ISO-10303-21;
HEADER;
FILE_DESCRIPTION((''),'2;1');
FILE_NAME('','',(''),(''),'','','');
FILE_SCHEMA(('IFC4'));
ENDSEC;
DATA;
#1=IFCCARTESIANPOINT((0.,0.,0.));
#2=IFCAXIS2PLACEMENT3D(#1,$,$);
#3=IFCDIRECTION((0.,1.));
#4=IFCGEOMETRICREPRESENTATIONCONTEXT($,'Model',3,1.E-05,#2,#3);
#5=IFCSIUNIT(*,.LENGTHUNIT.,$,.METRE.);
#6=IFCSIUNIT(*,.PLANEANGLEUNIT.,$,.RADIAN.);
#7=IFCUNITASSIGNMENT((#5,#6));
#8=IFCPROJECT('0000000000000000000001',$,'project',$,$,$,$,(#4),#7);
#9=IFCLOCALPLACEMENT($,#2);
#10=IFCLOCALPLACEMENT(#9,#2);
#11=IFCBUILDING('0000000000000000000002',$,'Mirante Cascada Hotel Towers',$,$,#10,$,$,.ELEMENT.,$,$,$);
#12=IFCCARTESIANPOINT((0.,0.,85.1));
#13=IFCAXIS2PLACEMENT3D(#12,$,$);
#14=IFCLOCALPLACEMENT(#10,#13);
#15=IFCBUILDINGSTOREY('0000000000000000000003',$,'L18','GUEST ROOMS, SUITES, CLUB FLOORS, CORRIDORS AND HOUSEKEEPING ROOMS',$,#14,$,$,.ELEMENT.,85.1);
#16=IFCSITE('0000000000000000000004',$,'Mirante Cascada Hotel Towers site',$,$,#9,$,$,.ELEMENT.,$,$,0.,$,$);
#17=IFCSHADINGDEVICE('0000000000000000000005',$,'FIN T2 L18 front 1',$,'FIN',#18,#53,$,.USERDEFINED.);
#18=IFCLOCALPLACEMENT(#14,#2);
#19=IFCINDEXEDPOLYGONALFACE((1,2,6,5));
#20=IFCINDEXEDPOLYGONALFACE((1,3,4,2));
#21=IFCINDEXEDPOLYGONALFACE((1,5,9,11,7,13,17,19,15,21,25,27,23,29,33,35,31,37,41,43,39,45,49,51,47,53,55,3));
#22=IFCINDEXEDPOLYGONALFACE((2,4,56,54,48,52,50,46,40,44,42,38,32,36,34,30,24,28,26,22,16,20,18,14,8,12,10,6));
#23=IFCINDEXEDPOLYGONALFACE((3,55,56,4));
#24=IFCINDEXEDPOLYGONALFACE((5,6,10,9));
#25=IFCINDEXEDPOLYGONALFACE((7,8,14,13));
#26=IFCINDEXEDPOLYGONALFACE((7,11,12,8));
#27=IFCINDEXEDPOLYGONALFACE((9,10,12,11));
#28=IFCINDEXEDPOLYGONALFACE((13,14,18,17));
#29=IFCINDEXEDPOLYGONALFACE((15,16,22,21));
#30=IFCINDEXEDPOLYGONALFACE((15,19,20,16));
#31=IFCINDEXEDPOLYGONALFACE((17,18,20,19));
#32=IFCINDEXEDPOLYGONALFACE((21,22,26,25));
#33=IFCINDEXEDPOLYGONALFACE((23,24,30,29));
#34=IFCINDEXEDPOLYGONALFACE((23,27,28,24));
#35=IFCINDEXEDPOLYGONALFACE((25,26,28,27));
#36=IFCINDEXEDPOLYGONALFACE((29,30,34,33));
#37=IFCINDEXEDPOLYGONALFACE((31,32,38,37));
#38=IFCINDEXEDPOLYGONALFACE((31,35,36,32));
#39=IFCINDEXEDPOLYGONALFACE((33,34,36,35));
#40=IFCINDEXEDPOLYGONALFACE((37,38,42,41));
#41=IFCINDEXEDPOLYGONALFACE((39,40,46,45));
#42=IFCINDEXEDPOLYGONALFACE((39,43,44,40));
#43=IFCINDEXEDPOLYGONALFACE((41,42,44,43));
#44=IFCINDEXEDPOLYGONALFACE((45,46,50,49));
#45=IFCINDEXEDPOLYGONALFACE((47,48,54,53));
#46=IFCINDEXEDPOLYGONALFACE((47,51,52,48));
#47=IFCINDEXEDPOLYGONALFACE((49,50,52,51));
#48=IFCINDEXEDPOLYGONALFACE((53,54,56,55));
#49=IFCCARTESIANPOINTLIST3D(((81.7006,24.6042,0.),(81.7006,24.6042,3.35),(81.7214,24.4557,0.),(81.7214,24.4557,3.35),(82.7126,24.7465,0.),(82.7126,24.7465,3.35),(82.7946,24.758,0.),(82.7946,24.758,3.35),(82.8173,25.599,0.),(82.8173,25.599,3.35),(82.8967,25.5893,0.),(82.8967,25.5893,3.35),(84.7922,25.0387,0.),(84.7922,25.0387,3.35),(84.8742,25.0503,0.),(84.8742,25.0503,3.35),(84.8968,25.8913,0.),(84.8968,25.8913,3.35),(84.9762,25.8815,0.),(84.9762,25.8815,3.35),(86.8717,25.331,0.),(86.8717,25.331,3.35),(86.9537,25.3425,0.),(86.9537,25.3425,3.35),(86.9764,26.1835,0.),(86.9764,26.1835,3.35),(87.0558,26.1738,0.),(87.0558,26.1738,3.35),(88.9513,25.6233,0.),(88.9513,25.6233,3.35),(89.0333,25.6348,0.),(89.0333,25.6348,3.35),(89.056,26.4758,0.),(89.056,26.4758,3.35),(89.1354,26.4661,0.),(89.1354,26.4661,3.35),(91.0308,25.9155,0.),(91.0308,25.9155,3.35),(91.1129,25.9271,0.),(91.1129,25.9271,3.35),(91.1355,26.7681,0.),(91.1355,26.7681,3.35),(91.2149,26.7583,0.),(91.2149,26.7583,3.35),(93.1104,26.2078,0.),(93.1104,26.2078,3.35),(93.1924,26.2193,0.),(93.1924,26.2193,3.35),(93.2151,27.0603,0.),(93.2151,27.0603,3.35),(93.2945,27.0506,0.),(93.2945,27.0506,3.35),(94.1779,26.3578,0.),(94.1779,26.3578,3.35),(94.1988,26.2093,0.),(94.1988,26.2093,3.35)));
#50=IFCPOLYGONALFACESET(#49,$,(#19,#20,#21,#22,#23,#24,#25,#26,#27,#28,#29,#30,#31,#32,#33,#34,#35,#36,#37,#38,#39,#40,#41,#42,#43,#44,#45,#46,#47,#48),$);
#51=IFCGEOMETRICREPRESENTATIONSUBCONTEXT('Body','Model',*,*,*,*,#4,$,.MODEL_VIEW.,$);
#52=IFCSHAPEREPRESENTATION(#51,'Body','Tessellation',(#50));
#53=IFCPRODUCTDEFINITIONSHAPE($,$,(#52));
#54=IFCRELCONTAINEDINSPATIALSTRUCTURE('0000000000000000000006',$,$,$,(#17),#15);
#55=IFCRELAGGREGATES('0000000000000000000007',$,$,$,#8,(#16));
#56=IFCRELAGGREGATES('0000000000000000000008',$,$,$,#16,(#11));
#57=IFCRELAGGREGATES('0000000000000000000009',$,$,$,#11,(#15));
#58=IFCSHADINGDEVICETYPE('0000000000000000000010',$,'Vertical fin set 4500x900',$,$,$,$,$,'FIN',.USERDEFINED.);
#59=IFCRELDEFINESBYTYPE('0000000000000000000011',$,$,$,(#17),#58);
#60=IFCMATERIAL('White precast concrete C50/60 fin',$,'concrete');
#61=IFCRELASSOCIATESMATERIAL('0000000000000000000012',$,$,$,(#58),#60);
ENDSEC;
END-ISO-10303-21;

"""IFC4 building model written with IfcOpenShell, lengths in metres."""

from ifc_helpers import new_model, si_unit, direction, frame, origin, place, context, subcontext, project, spatial, polyline, outline, extrude, material, type_object, element, save


model = new_model("IFC4")

# Units and contexts
model_context = context("Model", 3, precision=1e-05, world=origin(), true_north=direction((0.0, 1.0)))
body_context = subcontext(model_context, "Body", "Model", "MODEL_VIEW")
ifc_project = project(units=[si_unit("LENGTHUNIT", "METRE"), si_unit("PLANEANGLEUNIT", "RADIAN")], contexts=[model_context])

# Site, building, storey
site_placement = place(None, origin())
site = spatial("IfcSite", under=ifc_project, at=site_placement, Name="Mirante Cascada Hotel Towers site", CompositionType="ELEMENT", RefElevation=0.0)
building_placement = place(site_placement, origin())
building = spatial("IfcBuilding", under=site, at=building_placement, Name="Mirante Cascada Hotel Towers", CompositionType="ELEMENT")
storey_placement = place(building_placement, frame((0.0, 0.0, 85.1)))
storey = spatial("IfcBuildingStorey", under=building, at=storey_placement, Name="L18", Description="GUEST ROOMS, SUITES, CLUB FLOORS, CORRIDORS AND HOUSEKEEPING ROOMS", CompositionType="ELEMENT", Elevation=85.1)

# Shading device
ifc_material_1 = material(Name="White precast concrete C50/60 fin", Category="concrete")
shading_device_type = type_object("IfcShadingDeviceType", Name="Vertical fin set 4500x900", ElementType="FIN", PredefinedType="USERDEFINED", material=ifc_material_1)
shading_device_1_placement = place(storey_placement, origin())
element("IfcShadingDevice", 1, at=shading_device_1_placement, inside=storey, type_object=shading_device_type, Name="FIN T2 L18 front 1", ObjectType="FIN", PredefinedType="USERDEFINED", context=body_context, shape_type="SweptSolid", body=[
    extrude(outline(polyline([(82.8967, 25.5893), (82.7946, 24.758), (84.7922, 25.0387), (84.8968, 25.8913), (84.9762, 25.8815), (84.8742, 25.0503), (86.8717, 25.331), (86.9764, 26.1835), (87.0558, 26.1738), (86.9537, 25.3425), (88.9513, 25.6233), (89.056, 26.4758), (89.1354, 26.4661), (89.0333, 25.6348), (91.0308, 25.9155), (91.1355, 26.7681), (91.2149, 26.7583), (91.1129, 25.9271), (93.1104, 26.2078), (93.2151, 27.0603), (93.2945, 27.0506), (93.1924, 26.2193), (94.1779, 26.3578), (94.1988, 26.2093), (81.7214, 24.4557), (81.7006, 24.6042), (82.7126, 24.7465), (82.8173, 25.599), (82.8967, 25.5893)])), origin(), (0.0, 0.0, 1.0), 3.35),
])

save(model, "model.ifc")
